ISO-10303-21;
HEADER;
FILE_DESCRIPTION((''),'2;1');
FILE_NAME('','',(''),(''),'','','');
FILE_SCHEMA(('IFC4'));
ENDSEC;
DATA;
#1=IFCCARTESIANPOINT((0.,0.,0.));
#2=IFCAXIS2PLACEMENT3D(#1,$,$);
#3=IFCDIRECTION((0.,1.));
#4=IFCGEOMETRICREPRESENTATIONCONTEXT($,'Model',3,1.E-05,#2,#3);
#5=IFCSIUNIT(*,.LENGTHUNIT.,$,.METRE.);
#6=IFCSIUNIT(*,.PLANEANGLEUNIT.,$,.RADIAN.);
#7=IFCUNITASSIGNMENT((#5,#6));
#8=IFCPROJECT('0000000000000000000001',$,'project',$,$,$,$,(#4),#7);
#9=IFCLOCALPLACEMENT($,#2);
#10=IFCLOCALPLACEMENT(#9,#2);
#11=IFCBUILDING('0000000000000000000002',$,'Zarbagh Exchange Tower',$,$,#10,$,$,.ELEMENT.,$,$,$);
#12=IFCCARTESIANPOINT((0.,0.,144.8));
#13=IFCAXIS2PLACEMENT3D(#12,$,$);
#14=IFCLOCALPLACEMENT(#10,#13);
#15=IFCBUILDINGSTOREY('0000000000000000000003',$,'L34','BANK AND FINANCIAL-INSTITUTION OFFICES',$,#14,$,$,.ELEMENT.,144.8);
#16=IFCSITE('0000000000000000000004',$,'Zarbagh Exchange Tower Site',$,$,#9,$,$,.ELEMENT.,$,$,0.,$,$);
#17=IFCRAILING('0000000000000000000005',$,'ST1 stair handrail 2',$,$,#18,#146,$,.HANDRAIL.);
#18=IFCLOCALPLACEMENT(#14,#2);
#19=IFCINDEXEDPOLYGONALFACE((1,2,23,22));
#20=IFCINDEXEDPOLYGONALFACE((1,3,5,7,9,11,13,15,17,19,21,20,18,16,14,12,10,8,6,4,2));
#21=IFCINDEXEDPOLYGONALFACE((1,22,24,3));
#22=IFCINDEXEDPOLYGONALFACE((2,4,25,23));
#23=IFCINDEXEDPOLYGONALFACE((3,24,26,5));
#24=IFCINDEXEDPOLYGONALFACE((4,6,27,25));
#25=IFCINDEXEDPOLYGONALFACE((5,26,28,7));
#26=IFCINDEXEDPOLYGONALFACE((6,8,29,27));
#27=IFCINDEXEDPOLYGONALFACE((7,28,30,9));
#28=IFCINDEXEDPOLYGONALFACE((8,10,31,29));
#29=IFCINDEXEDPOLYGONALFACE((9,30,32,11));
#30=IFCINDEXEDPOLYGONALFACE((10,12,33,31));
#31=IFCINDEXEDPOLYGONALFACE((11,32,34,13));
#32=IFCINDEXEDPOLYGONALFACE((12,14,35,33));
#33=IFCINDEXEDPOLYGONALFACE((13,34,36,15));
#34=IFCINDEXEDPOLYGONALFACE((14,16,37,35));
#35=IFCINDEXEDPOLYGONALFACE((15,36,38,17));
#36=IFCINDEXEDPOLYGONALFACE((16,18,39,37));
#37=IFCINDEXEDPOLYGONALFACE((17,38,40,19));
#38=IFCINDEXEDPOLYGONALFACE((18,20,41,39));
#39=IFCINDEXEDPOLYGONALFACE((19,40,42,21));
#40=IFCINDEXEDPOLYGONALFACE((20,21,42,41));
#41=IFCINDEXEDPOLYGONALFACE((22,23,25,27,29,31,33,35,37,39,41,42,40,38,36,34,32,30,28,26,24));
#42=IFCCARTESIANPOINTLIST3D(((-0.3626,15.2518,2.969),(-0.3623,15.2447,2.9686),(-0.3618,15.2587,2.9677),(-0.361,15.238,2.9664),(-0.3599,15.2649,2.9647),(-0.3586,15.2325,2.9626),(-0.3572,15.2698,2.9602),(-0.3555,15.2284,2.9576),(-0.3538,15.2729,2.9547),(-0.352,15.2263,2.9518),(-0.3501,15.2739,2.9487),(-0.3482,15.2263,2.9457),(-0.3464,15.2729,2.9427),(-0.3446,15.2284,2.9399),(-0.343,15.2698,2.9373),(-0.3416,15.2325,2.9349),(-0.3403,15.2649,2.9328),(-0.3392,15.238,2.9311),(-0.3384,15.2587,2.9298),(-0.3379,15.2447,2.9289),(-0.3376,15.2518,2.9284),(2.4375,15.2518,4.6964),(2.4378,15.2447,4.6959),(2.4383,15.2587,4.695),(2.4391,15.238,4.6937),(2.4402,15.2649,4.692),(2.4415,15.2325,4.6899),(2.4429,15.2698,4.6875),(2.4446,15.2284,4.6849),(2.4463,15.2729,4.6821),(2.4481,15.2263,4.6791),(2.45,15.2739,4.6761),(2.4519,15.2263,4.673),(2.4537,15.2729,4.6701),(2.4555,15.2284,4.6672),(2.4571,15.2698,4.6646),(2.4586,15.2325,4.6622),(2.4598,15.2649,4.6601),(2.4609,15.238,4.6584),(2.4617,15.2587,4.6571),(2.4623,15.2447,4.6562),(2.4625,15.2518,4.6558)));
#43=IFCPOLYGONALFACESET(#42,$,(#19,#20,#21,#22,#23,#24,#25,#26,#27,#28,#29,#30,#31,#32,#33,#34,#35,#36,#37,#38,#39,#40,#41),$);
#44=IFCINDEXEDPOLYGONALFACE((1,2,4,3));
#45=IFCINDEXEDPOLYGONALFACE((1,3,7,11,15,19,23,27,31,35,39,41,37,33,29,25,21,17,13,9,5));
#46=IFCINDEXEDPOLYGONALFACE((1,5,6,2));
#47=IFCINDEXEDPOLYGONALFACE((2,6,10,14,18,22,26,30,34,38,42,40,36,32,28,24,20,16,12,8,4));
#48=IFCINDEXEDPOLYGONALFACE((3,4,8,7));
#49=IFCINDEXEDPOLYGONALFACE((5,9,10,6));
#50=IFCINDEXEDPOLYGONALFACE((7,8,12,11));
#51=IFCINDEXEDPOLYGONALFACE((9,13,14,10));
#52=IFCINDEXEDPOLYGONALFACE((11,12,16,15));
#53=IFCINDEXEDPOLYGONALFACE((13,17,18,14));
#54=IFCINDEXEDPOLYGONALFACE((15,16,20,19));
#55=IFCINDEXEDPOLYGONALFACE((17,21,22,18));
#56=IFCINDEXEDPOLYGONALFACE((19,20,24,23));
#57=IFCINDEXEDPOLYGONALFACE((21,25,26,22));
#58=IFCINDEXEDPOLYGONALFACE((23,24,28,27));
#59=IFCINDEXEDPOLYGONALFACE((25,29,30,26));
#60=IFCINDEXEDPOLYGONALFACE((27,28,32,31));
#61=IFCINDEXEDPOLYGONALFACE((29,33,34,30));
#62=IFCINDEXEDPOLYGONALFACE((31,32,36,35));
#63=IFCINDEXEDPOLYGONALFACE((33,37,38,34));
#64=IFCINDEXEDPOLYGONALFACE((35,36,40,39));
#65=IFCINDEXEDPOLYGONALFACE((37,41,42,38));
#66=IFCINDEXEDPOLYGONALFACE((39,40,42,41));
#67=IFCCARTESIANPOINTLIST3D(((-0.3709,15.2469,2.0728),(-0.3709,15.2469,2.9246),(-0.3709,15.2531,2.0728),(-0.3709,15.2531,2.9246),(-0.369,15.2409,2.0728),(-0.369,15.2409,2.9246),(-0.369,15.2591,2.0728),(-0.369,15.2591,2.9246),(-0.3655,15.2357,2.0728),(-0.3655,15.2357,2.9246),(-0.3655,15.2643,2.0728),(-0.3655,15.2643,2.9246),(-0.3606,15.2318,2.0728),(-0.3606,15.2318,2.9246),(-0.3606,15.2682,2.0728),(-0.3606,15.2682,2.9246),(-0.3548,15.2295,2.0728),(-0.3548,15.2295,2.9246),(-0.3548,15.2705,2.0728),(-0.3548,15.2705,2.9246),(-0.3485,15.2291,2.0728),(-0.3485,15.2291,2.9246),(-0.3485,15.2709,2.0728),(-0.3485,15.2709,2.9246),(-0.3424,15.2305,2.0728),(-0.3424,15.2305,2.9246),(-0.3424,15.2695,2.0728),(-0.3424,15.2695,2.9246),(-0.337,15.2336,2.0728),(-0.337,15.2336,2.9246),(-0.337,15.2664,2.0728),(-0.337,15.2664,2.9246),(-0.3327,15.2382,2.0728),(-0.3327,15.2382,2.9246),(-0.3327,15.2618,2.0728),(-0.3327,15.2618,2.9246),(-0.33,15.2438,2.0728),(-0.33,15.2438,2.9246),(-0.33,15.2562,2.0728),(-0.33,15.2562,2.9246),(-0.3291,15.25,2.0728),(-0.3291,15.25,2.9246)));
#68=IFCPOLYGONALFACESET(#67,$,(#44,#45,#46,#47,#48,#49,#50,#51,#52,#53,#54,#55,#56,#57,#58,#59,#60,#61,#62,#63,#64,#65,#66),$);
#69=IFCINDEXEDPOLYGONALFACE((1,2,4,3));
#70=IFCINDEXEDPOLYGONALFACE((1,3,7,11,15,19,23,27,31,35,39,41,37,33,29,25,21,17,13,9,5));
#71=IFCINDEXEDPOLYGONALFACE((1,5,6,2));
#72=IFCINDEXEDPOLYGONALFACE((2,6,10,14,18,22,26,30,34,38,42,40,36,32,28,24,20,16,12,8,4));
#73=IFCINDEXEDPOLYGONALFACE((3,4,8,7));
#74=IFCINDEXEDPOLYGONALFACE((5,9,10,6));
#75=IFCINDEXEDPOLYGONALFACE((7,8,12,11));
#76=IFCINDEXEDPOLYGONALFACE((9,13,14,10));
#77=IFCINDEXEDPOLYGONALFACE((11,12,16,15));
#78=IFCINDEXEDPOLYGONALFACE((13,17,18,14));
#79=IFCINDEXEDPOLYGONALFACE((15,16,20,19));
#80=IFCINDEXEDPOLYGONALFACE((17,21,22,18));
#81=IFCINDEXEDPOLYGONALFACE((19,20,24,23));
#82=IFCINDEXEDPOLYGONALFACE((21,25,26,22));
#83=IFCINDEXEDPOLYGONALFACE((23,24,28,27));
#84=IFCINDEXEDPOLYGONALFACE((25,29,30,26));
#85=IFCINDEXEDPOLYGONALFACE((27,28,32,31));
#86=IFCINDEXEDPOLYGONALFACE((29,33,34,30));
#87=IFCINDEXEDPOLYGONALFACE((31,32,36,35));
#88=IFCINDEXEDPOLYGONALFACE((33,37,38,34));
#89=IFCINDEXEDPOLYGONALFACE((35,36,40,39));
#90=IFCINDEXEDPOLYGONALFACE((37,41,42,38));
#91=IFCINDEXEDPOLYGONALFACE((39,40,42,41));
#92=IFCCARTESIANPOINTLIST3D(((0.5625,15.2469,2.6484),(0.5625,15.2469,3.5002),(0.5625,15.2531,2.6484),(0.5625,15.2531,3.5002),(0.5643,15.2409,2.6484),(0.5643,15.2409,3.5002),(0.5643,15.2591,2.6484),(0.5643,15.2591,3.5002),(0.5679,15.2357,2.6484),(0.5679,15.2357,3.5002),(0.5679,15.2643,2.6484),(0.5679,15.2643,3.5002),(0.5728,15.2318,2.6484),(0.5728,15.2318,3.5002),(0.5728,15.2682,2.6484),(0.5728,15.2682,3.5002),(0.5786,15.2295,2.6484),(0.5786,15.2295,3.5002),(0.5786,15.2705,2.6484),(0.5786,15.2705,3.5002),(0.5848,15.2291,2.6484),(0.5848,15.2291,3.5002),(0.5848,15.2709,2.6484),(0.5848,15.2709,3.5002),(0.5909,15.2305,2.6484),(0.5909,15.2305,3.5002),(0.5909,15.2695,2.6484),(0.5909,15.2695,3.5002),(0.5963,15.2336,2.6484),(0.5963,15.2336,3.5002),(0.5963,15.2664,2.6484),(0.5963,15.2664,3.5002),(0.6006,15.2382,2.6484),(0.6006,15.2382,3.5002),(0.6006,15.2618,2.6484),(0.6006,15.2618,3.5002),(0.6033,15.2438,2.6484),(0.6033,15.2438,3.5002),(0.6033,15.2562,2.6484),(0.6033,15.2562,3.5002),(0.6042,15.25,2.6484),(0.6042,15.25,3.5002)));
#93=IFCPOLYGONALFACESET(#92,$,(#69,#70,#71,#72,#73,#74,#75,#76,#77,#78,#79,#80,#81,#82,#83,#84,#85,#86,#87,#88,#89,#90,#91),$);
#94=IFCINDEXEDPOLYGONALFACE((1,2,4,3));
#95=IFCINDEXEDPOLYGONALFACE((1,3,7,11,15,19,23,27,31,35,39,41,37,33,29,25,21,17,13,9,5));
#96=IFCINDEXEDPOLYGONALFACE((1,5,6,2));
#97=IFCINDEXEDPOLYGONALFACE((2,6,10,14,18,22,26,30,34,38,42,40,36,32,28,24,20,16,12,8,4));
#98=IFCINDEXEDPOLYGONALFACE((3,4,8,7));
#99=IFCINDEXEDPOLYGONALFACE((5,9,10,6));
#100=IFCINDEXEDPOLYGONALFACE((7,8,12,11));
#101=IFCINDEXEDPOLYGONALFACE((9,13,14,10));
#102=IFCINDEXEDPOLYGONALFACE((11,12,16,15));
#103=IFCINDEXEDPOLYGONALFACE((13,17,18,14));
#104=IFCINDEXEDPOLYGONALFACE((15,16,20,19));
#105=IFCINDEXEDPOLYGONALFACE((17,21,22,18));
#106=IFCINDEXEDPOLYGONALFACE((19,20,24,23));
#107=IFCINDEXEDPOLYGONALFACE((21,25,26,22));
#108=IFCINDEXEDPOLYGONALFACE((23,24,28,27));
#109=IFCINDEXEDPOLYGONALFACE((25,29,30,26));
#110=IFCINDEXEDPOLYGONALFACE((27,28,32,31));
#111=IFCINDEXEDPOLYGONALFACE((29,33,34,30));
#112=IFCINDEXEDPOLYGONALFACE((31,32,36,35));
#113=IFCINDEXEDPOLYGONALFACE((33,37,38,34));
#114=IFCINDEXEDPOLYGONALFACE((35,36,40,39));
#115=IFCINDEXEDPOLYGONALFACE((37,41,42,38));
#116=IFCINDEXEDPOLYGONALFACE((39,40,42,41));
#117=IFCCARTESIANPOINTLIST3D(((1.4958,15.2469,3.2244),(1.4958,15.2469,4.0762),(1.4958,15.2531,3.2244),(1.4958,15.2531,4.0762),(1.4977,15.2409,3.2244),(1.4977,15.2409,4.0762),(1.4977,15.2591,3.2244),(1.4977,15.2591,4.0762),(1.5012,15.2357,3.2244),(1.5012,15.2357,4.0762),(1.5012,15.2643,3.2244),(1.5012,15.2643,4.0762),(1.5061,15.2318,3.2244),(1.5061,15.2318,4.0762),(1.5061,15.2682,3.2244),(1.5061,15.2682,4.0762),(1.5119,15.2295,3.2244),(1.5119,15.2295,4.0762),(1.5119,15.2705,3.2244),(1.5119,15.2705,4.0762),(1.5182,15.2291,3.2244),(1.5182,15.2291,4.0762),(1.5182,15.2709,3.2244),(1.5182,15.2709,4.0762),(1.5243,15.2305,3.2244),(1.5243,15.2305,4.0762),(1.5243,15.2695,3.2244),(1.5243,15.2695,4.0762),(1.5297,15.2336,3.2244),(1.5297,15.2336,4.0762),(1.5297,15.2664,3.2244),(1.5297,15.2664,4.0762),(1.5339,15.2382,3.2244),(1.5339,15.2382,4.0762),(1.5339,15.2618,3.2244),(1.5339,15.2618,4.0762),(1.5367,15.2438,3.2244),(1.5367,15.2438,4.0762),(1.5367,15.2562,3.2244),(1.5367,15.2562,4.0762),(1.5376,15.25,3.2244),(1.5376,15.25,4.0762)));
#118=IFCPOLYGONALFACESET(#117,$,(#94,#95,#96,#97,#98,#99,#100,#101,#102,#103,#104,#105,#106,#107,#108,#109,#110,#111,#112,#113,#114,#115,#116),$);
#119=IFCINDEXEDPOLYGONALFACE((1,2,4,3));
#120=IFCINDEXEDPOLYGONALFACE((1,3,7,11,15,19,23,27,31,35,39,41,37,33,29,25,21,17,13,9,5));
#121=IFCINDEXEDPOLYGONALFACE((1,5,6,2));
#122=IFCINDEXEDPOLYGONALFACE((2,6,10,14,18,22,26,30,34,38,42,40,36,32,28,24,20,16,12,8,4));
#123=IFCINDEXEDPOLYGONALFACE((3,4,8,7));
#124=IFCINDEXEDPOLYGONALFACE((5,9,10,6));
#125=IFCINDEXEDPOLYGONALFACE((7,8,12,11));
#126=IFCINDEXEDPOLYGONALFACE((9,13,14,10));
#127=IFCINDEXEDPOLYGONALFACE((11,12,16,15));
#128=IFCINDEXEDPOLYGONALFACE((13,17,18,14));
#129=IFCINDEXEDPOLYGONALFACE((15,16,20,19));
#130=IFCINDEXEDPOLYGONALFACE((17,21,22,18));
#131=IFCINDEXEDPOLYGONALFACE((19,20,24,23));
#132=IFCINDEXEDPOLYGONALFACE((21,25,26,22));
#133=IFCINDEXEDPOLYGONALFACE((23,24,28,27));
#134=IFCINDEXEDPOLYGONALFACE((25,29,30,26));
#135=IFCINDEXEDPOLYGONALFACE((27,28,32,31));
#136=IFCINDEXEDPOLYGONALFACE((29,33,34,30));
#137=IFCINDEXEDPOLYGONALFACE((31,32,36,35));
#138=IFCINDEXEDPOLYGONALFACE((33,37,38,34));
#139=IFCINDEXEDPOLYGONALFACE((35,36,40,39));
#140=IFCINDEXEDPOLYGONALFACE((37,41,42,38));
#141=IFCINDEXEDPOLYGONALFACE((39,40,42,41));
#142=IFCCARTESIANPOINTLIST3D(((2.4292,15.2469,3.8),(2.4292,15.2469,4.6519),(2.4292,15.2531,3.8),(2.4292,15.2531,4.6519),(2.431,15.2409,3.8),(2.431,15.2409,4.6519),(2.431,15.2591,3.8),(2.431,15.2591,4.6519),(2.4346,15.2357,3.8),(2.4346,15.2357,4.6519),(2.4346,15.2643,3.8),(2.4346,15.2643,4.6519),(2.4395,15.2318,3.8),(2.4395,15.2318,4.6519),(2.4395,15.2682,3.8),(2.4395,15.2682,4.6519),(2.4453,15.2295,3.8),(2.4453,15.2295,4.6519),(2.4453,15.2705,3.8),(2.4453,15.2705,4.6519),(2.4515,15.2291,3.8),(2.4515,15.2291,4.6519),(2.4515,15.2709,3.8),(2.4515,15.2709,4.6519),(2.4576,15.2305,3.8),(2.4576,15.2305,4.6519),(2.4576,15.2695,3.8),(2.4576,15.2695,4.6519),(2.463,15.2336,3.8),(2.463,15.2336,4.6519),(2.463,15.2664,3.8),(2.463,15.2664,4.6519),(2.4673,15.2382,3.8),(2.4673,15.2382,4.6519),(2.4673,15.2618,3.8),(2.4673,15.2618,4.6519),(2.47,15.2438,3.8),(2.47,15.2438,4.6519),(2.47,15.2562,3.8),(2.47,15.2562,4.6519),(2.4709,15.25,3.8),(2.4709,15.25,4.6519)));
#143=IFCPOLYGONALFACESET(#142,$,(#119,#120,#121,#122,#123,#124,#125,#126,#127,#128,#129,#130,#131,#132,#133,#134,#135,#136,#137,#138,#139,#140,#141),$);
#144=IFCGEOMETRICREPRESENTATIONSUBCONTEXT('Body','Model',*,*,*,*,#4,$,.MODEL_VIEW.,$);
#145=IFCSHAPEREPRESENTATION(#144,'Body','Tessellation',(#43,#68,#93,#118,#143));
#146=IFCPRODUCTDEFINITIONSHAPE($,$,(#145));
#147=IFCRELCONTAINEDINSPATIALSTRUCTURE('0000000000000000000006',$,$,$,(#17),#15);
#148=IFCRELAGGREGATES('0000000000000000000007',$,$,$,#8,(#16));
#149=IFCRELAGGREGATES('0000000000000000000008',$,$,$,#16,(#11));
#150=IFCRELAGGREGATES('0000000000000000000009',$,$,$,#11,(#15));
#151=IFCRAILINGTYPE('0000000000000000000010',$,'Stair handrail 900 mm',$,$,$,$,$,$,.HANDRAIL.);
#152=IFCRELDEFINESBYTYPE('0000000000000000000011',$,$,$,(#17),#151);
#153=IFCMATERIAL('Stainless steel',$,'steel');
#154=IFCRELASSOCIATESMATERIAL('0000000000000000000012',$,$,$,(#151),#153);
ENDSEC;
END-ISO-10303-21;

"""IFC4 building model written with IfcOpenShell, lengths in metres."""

from ifc_helpers import new_model, si_unit, direction, frame, origin, origin_2d, place, context, subcontext, project, spatial, circle, extrude, material, type_object, element, save


model = new_model("IFC4")

# Units and contexts
model_context = context("Model", 3, precision=1e-05, world=origin(), true_north=direction((0.0, 1.0)))
body_context = subcontext(model_context, "Body", "Model", "MODEL_VIEW")
ifc_project = project(units=[si_unit("LENGTHUNIT", "METRE"), si_unit("PLANEANGLEUNIT", "RADIAN")], contexts=[model_context])

# Site, building, storey
site_placement = place(None, origin())
site = spatial("IfcSite", under=ifc_project, at=site_placement, Name="Zarbagh Exchange Tower Site", CompositionType="ELEMENT", RefElevation=0.0)
building_placement = place(site_placement, origin())
building = spatial("IfcBuilding", under=site, at=building_placement, Name="Zarbagh Exchange Tower", CompositionType="ELEMENT")
storey_placement = place(building_placement, frame((0.0, 0.0, 144.8)))
storey = spatial("IfcBuildingStorey", under=building, at=storey_placement, Name="L34", Description="BANK AND FINANCIAL-INSTITUTION OFFICES", CompositionType="ELEMENT", Elevation=144.8)

# Railing
ifc_material_1 = material(Name="Stainless steel", Category="steel")
railing_type_1 = type_object("IfcRailingType", Name="Stair handrail 900 mm", PredefinedType="HANDRAIL", material=ifc_material_1)
railing_1_placement = place(storey_placement, frame((-0.3501, 15.25, 2.0728)))
element("IfcRailing", 1, at=railing_1_placement, inside=storey, type_object=railing_type_1, Name="ST1 stair handrail 2", PredefinedType="HANDRAIL", context=body_context, shape_type="SweptSolid", body=[
    extrude(circle(Radius=0.0239, at=origin_2d()), frame((0.0, 0.0, 0.876), z_axis=(0.85109, 0.0, 0.52502), x_axis=(0.0, 1.0, 0.0)), (0.0, 0.0, 1.0), 3.29),
    extrude(circle(Radius=0.021, at=origin_2d()), origin(), (0.0, 0.0, 1.0), 0.8518),
    extrude(circle(Radius=0.021, at=origin_2d()), frame((0.9333, 0.0, 0.5757)), (0.0, 0.0, 1.0), 0.8518),
    extrude(circle(Radius=0.021, at=origin_2d()), frame((1.8667, 0.0, 1.1516)), (0.0, 0.0, 1.0), 0.8518),
    extrude(circle(Radius=0.021, at=origin_2d()), frame((2.8, 0.0, 1.7273)), (0.0, 0.0, 1.0), 0.8518),
])

save(model, "model.ifc")
